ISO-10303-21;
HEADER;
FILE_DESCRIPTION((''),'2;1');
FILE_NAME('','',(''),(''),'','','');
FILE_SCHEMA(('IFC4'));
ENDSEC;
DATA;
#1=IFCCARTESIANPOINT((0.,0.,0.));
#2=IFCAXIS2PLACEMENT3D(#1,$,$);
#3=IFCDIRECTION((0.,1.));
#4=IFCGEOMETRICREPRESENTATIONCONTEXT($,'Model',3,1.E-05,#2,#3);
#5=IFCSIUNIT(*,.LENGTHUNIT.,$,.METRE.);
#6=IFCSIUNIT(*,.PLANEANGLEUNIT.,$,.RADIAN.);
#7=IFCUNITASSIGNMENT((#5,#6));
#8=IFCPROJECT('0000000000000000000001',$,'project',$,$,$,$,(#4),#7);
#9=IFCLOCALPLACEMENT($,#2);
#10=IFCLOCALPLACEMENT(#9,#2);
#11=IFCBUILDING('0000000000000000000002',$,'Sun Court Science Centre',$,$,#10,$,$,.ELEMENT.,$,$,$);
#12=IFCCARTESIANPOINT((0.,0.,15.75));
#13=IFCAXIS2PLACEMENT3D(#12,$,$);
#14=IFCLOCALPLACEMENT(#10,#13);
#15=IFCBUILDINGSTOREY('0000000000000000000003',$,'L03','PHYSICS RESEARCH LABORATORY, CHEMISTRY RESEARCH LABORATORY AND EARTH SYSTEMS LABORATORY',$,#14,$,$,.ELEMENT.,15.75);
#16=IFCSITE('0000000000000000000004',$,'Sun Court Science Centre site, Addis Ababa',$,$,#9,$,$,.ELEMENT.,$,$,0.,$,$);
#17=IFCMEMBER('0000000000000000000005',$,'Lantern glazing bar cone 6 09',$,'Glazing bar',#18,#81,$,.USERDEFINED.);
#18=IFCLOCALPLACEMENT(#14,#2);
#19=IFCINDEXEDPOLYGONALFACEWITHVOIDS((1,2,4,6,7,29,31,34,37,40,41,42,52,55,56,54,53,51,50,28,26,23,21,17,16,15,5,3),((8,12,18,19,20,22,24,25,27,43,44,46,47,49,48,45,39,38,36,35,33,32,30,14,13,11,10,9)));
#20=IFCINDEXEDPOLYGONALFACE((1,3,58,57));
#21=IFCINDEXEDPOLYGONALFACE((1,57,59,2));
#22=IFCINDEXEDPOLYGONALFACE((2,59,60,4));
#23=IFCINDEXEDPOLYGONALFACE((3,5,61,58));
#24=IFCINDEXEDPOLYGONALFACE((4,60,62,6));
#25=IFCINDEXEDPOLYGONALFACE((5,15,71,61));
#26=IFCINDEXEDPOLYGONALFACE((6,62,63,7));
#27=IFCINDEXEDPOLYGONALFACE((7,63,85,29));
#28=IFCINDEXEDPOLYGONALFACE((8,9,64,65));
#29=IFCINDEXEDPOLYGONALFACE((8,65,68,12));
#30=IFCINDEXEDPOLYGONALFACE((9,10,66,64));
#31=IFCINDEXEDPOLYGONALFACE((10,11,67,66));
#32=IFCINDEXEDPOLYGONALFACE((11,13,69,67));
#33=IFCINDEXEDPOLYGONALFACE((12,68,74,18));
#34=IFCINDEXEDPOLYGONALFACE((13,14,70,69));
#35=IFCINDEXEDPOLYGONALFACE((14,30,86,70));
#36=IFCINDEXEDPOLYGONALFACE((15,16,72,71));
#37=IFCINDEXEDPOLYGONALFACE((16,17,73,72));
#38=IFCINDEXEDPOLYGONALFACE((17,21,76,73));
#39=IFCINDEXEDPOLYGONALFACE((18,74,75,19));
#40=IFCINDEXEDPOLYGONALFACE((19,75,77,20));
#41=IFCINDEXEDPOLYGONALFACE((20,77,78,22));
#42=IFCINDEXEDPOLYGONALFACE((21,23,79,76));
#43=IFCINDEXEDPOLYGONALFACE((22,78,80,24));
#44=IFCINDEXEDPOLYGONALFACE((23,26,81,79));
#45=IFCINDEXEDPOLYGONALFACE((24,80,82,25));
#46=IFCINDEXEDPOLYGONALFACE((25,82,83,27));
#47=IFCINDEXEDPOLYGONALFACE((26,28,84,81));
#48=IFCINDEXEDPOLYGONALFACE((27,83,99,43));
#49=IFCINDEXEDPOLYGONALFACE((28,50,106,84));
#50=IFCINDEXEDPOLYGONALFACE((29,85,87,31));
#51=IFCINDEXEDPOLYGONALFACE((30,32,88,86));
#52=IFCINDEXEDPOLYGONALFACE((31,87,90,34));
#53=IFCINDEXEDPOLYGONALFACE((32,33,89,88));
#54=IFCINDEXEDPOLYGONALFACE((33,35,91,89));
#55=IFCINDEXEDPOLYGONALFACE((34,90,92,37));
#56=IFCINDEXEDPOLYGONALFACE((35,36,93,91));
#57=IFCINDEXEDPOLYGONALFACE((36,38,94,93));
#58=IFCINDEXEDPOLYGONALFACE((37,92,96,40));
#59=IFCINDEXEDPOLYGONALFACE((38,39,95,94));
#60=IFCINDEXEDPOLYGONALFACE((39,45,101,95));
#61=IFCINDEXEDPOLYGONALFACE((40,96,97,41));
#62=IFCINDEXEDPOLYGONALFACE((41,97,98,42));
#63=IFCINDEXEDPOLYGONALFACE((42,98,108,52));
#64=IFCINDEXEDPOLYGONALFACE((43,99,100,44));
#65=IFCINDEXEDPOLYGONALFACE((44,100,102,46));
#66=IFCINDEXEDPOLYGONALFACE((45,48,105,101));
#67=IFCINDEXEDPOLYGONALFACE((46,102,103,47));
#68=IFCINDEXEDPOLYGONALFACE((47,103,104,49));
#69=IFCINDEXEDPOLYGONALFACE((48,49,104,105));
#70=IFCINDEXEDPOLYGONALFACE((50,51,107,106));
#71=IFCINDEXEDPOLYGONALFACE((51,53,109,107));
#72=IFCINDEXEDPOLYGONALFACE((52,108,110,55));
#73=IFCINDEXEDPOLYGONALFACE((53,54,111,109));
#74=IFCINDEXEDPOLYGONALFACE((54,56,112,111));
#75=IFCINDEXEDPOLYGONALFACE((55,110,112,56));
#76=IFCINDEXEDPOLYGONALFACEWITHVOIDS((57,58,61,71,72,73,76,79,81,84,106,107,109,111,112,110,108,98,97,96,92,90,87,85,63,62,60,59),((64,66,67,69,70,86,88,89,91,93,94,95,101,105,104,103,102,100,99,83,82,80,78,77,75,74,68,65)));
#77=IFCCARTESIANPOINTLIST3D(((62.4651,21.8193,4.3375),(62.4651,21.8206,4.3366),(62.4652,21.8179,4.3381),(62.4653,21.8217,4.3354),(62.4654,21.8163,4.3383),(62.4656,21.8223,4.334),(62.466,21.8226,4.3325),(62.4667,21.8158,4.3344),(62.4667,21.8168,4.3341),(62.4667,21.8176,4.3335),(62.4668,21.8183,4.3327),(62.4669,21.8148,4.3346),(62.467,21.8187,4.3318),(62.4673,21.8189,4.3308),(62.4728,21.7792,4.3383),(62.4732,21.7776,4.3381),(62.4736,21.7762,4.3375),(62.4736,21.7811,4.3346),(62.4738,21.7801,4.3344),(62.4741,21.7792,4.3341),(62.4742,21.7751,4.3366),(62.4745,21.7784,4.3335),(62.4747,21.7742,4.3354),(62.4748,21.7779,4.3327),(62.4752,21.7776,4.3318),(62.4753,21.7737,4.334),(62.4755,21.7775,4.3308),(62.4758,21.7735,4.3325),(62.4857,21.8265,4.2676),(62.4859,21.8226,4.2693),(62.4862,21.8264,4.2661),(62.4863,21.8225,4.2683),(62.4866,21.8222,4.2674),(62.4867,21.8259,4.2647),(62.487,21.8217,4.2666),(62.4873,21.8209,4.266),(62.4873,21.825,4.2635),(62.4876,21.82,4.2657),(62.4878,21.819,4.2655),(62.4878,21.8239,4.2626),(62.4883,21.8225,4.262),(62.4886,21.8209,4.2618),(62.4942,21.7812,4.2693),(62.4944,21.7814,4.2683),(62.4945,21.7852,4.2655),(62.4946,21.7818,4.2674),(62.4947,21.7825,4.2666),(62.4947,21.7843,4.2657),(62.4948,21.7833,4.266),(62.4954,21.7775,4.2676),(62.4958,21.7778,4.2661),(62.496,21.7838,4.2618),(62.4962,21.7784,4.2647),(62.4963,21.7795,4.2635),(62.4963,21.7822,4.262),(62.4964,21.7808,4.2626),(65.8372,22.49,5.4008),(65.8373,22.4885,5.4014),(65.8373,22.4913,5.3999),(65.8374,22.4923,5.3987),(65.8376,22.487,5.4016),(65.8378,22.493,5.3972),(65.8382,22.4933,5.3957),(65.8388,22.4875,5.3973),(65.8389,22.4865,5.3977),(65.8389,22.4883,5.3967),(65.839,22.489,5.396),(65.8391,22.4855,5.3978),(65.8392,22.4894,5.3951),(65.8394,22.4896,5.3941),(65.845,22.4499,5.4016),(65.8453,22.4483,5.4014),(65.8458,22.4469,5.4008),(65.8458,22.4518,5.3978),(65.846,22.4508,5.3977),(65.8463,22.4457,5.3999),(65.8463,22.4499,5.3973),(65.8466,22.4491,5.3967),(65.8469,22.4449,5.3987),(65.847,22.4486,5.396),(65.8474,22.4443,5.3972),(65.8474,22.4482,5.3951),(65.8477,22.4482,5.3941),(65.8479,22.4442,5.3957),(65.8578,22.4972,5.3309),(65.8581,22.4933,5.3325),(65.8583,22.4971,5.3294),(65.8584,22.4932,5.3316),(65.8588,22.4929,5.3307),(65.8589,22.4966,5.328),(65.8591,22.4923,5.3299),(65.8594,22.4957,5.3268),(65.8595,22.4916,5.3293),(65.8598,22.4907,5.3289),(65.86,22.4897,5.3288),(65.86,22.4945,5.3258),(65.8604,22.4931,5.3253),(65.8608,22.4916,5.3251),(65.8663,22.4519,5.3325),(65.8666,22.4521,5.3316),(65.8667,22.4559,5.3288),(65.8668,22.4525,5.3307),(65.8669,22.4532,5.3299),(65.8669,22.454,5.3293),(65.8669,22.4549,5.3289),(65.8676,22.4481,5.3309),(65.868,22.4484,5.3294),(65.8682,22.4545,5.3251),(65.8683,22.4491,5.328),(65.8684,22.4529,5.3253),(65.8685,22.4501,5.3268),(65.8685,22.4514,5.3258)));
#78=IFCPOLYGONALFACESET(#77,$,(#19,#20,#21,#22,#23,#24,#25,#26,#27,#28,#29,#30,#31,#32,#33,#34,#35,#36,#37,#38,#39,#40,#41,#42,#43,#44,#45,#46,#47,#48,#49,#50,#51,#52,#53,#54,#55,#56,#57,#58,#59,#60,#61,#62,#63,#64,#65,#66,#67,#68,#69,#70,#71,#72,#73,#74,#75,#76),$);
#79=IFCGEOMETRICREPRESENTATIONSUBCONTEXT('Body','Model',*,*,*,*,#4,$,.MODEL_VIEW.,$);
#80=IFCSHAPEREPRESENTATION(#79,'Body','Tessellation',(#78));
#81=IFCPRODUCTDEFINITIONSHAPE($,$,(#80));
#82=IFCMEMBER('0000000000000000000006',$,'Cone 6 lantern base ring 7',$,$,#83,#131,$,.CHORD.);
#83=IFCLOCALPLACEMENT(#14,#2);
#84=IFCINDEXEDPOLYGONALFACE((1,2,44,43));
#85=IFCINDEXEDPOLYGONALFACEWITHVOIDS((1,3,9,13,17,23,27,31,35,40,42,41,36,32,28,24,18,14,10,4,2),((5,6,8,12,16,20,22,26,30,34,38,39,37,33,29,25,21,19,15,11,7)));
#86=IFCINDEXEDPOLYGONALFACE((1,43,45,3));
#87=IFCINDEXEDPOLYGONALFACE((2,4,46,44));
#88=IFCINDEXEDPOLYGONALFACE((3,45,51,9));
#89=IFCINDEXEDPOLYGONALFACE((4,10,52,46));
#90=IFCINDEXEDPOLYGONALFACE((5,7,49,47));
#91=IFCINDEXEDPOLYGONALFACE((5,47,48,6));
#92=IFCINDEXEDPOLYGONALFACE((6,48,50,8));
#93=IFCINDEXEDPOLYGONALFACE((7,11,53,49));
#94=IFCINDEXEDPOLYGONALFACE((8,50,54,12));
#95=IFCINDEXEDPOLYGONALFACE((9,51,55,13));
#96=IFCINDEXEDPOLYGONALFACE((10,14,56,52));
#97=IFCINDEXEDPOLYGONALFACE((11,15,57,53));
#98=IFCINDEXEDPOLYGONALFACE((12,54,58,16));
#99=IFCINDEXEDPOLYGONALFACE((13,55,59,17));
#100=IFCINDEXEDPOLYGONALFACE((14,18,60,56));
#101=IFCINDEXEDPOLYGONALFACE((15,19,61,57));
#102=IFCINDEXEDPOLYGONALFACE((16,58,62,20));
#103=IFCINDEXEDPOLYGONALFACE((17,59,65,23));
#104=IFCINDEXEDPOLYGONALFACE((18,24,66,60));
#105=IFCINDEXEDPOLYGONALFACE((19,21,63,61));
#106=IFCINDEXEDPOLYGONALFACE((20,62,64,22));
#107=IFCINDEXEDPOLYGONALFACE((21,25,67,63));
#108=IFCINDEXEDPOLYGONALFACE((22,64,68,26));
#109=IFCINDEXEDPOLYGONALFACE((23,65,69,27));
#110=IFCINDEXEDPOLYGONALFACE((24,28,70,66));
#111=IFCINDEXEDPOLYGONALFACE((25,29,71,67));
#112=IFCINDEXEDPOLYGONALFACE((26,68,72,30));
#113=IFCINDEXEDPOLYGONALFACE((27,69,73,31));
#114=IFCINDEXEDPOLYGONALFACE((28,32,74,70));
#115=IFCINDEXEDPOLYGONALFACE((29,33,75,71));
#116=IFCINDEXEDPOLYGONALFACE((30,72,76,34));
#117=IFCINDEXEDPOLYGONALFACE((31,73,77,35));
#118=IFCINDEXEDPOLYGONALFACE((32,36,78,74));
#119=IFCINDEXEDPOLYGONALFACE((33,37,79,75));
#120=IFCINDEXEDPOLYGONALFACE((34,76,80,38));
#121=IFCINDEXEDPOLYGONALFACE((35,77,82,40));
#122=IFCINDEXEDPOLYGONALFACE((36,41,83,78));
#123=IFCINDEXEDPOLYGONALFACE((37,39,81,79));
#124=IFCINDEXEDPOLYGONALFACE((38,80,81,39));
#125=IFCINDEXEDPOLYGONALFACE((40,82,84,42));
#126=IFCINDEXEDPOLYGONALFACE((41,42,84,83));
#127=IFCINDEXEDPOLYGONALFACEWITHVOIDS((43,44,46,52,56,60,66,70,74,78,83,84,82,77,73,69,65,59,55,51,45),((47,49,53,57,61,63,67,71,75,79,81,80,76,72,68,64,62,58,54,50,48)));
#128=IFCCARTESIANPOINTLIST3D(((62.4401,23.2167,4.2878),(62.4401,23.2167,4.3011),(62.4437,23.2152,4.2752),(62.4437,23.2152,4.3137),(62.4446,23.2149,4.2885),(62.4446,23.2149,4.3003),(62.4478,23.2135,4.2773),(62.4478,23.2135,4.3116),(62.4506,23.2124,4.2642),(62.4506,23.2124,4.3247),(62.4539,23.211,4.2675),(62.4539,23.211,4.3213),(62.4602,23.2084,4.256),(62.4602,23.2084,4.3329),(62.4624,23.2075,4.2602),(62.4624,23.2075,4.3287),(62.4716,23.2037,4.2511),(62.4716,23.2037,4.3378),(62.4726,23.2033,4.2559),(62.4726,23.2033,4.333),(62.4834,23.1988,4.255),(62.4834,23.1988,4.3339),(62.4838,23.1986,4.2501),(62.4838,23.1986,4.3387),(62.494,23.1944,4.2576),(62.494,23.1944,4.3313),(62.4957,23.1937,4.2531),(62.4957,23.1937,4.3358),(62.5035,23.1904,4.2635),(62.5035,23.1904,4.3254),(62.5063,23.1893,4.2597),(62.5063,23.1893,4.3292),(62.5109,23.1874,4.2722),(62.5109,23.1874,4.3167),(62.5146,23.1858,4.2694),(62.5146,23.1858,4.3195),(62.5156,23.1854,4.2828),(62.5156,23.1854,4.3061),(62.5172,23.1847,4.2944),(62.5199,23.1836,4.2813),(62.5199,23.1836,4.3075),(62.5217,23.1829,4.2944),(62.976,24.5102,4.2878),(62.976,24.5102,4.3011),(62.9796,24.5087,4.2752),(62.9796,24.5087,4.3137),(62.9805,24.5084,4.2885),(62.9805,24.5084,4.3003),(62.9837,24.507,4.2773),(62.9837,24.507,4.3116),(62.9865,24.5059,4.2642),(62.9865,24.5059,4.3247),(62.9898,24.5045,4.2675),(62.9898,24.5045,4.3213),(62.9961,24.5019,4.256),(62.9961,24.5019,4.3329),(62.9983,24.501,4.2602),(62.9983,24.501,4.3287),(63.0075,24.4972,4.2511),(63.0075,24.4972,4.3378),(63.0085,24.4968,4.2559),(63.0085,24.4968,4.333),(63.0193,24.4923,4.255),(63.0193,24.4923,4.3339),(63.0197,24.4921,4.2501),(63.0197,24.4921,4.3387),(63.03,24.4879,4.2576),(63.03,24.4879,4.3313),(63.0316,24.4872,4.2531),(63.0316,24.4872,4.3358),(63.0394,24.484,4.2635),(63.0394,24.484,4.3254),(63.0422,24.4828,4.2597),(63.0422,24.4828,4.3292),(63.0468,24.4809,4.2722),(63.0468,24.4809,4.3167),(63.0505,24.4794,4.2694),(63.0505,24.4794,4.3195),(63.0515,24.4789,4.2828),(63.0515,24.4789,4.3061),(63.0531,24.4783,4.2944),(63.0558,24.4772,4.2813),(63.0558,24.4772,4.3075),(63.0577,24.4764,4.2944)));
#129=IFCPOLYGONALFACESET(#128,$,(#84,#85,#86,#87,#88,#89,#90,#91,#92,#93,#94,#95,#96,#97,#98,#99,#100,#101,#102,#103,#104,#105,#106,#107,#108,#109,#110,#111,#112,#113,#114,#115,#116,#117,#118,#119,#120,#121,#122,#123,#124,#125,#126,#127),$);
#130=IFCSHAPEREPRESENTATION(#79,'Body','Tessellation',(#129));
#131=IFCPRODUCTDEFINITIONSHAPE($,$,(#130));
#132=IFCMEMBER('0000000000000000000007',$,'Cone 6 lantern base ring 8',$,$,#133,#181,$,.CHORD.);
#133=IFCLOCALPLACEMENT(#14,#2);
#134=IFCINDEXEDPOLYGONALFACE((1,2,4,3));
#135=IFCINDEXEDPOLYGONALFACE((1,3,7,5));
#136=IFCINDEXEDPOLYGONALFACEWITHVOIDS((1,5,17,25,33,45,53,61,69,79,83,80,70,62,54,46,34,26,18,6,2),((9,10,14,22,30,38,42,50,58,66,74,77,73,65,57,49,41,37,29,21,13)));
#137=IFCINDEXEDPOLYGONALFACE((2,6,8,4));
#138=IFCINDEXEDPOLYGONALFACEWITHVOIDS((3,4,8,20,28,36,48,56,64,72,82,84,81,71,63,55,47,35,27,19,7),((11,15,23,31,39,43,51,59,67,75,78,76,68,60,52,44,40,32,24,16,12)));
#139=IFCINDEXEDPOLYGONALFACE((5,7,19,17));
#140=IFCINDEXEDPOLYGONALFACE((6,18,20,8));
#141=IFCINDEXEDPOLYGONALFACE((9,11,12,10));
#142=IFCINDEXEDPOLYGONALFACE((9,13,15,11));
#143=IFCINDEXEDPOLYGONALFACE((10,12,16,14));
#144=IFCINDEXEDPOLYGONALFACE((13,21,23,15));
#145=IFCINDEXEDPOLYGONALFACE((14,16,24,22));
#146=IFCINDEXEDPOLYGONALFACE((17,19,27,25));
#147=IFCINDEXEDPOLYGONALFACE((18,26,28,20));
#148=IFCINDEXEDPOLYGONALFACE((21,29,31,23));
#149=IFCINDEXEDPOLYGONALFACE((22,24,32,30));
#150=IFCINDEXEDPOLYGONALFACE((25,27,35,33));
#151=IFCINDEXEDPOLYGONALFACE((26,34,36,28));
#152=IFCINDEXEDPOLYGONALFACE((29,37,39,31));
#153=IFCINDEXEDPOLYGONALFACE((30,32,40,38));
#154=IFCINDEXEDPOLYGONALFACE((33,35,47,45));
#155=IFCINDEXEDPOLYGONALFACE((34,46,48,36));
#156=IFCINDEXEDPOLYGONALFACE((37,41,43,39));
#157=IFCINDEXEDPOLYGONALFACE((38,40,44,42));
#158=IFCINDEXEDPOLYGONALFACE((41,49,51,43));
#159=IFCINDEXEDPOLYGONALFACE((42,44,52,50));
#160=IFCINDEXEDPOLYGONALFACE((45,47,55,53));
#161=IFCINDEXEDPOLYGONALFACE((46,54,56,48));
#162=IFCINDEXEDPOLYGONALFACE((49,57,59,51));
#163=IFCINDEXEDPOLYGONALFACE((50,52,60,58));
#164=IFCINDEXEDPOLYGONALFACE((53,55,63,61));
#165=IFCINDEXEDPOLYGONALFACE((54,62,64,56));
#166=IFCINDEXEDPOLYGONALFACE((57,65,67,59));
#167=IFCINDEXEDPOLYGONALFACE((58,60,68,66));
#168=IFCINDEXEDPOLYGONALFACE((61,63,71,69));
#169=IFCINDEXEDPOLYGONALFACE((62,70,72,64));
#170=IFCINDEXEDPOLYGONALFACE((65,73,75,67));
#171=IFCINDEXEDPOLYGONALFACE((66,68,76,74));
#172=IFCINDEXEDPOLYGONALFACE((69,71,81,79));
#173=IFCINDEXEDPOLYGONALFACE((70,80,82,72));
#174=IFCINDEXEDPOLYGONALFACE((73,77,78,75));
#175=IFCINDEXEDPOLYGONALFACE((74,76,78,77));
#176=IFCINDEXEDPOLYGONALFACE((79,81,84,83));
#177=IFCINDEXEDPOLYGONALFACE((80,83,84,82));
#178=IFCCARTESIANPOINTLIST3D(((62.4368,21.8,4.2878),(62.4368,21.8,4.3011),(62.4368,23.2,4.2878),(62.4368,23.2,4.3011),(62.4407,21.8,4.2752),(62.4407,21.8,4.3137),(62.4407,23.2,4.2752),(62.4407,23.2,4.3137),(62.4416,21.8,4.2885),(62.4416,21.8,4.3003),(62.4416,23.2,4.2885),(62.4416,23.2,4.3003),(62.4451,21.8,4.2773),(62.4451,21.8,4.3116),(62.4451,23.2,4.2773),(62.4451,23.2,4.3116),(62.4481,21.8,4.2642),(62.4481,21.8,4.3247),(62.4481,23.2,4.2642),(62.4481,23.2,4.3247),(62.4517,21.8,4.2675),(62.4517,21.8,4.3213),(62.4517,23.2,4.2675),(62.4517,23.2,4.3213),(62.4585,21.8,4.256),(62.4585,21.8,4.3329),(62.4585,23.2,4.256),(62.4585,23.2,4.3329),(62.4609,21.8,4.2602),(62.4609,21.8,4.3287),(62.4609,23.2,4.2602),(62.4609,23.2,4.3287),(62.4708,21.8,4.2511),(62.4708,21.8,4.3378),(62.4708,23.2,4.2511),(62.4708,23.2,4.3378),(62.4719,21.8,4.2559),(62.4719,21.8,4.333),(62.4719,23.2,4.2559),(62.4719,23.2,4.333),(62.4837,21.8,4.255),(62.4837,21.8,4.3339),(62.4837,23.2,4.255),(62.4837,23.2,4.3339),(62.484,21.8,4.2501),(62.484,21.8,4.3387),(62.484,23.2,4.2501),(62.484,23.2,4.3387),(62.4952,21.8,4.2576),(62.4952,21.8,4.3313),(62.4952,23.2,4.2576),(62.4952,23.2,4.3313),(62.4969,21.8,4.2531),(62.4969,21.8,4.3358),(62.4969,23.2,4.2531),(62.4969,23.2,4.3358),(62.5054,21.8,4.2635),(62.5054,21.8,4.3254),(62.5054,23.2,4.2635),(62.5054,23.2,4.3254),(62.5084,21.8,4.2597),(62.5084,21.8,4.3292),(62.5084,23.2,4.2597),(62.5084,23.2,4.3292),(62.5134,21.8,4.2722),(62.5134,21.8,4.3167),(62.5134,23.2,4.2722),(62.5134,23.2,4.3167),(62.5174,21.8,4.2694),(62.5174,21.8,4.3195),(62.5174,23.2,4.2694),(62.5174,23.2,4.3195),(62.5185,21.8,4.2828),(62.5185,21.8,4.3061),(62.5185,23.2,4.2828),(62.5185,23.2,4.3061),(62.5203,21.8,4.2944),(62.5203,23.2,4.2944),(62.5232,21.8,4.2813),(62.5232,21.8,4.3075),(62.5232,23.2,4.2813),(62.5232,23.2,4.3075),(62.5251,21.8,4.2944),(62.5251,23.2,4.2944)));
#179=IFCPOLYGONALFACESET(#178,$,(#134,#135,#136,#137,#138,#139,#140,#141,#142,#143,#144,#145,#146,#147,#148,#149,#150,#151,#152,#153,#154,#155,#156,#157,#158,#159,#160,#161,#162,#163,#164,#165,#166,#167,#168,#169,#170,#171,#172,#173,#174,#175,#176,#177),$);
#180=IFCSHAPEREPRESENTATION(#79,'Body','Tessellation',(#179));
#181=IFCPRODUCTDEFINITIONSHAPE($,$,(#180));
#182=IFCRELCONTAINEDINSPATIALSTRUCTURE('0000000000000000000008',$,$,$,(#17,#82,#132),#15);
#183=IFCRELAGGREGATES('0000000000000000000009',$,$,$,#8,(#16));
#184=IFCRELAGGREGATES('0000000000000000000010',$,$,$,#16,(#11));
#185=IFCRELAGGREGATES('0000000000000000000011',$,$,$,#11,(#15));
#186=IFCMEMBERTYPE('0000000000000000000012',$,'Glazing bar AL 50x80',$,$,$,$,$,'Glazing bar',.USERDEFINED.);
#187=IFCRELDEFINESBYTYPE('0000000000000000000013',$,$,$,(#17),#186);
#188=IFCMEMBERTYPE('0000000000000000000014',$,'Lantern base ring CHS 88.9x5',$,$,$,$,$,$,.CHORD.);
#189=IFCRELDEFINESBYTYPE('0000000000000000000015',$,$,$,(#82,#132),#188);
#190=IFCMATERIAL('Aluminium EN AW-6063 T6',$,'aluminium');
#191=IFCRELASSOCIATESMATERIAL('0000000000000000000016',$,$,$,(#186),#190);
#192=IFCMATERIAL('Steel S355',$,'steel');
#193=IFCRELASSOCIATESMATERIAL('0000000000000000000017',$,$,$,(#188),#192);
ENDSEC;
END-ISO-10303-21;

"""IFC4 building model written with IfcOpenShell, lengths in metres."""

from ifc_helpers import new_model, si_unit, direction, frame, origin, origin_2d, place, context, subcontext, project, spatial, hollow_rectangle, hollow_circle, extrude, material, material_profile, profile_set, type_object, element, save


model = new_model("IFC4")

# Units and contexts
model_context = context("Model", 3, precision=1e-05, world=origin(), true_north=direction((0.0, 1.0)))
body_context = subcontext(model_context, "Body", "Model", "MODEL_VIEW")
ifc_project = project(units=[si_unit("LENGTHUNIT", "METRE"), si_unit("PLANEANGLEUNIT", "RADIAN")], contexts=[model_context])

# Site, building, storey
site_placement = place(None, origin())
site = spatial("IfcSite", under=ifc_project, at=site_placement, Name="Sun Court Science Centre site, Addis Ababa", CompositionType="ELEMENT", RefElevation=0.0)
building_placement = place(site_placement, origin())
building = spatial("IfcBuilding", under=site, at=building_placement, Name="Sun Court Science Centre", CompositionType="ELEMENT")
storey_placement = place(building_placement, frame((0.0, 0.0, 15.75)))
storey = spatial("IfcBuildingStorey", under=building, at=storey_placement, Name="L03", Description="PHYSICS RESEARCH LABORATORY, CHEMISTRY RESEARCH LABORATORY AND EARTH SYSTEMS LABORATORY", CompositionType="ELEMENT", Elevation=15.75)

# Members
ifc_material_1 = material(Name="Aluminium EN AW-6063 T6", Category="aluminium")
ifc_material_profile_1 = material_profile(ifc_material_1, hollow_rectangle(XDim=0.05, YDim=0.0801, WallThickness=0.0039, InnerFilletRadius=0.0039, OuterFilletRadius=0.0061, at=origin_2d()), Name="AL 50x80x4")
ifc_profile_set_1 = profile_set([ifc_material_profile_1], Name="Aluminium EN AW-6063 T6")
member_type_1 = type_object("IfcMemberType", Name="Glazing bar AL 50x80", ElementType="Glazing bar", PredefinedType="USERDEFINED", material=ifc_profile_set_1)
for number, where, z_axis, x_axis, name in (
    (1, (62.4807, 21.8, 4.3), (0.937008, 0.186357, 0.295444), (-0.195065, 0.98079, 0.0), "Lantern glazing bar cone 6 09"),
):
    element("IfcMember", number, at=place(storey_placement, frame(where, z_axis=z_axis, x_axis=x_axis)), inside=storey, type_object=member_type_1, Name=name, ObjectType="Glazing bar", PredefinedType="USERDEFINED", context=body_context, shape_type="SweptSolid", body=[
        extrude(hollow_rectangle(XDim=0.05, YDim=0.0801, WallThickness=0.0039, InnerFilletRadius=0.0039, OuterFilletRadius=0.0061, at=origin_2d()), origin(), (0.0, 0.0, 1.0), 3.5989),
    ])
ifc_material_2 = material(Name="Steel S355", Category="steel")
ifc_material_profile_2 = material_profile(ifc_material_2, hollow_circle(Radius=0.0444, WallThickness=0.0049, at=origin_2d()), Name="CHS 88.9x5")
ifc_profile_set_2 = profile_set([ifc_material_profile_2], Name="Steel S355")
member_type_2 = type_object("IfcMemberType", Name="Lantern base ring CHS 88.9x5", PredefinedType="CHORD", material=ifc_profile_set_2)
member_1_placement = place(storey_placement, frame((63.0166, 24.4934, 4.2944), z_axis=(-0.382757, -0.923849, 0.0), x_axis=(0.923849, -0.382757, 0.0)))
element("IfcMember", 2, at=member_1_placement, inside=storey, type_object=member_type_2, Name="Cone 6 lantern base ring 7", PredefinedType="CHORD", context=body_context, shape_type="SweptSolid", body=[
    extrude(hollow_circle(Radius=0.0444, WallThickness=0.0049, at=origin_2d()), origin(), (0.0, 0.0, 1.0), 1.4001),
])
member_2_placement = place(storey_placement, frame((62.4807, 23.2, 4.2944), z_axis=(0.0, -1.0, 0.0), x_axis=(1.0, 0.0, 0.0)))
element("IfcMember", 3, at=member_2_placement, inside=storey, type_object=member_type_2, Name="Cone 6 lantern base ring 8", PredefinedType="CHORD", context=body_context, shape_type="SweptSolid", body=[
    extrude(hollow_circle(Radius=0.0444, WallThickness=0.0049, at=origin_2d()), origin(), (0.0, 0.0, 1.0), 1.3999),
])

save(model, "model.ifc")
